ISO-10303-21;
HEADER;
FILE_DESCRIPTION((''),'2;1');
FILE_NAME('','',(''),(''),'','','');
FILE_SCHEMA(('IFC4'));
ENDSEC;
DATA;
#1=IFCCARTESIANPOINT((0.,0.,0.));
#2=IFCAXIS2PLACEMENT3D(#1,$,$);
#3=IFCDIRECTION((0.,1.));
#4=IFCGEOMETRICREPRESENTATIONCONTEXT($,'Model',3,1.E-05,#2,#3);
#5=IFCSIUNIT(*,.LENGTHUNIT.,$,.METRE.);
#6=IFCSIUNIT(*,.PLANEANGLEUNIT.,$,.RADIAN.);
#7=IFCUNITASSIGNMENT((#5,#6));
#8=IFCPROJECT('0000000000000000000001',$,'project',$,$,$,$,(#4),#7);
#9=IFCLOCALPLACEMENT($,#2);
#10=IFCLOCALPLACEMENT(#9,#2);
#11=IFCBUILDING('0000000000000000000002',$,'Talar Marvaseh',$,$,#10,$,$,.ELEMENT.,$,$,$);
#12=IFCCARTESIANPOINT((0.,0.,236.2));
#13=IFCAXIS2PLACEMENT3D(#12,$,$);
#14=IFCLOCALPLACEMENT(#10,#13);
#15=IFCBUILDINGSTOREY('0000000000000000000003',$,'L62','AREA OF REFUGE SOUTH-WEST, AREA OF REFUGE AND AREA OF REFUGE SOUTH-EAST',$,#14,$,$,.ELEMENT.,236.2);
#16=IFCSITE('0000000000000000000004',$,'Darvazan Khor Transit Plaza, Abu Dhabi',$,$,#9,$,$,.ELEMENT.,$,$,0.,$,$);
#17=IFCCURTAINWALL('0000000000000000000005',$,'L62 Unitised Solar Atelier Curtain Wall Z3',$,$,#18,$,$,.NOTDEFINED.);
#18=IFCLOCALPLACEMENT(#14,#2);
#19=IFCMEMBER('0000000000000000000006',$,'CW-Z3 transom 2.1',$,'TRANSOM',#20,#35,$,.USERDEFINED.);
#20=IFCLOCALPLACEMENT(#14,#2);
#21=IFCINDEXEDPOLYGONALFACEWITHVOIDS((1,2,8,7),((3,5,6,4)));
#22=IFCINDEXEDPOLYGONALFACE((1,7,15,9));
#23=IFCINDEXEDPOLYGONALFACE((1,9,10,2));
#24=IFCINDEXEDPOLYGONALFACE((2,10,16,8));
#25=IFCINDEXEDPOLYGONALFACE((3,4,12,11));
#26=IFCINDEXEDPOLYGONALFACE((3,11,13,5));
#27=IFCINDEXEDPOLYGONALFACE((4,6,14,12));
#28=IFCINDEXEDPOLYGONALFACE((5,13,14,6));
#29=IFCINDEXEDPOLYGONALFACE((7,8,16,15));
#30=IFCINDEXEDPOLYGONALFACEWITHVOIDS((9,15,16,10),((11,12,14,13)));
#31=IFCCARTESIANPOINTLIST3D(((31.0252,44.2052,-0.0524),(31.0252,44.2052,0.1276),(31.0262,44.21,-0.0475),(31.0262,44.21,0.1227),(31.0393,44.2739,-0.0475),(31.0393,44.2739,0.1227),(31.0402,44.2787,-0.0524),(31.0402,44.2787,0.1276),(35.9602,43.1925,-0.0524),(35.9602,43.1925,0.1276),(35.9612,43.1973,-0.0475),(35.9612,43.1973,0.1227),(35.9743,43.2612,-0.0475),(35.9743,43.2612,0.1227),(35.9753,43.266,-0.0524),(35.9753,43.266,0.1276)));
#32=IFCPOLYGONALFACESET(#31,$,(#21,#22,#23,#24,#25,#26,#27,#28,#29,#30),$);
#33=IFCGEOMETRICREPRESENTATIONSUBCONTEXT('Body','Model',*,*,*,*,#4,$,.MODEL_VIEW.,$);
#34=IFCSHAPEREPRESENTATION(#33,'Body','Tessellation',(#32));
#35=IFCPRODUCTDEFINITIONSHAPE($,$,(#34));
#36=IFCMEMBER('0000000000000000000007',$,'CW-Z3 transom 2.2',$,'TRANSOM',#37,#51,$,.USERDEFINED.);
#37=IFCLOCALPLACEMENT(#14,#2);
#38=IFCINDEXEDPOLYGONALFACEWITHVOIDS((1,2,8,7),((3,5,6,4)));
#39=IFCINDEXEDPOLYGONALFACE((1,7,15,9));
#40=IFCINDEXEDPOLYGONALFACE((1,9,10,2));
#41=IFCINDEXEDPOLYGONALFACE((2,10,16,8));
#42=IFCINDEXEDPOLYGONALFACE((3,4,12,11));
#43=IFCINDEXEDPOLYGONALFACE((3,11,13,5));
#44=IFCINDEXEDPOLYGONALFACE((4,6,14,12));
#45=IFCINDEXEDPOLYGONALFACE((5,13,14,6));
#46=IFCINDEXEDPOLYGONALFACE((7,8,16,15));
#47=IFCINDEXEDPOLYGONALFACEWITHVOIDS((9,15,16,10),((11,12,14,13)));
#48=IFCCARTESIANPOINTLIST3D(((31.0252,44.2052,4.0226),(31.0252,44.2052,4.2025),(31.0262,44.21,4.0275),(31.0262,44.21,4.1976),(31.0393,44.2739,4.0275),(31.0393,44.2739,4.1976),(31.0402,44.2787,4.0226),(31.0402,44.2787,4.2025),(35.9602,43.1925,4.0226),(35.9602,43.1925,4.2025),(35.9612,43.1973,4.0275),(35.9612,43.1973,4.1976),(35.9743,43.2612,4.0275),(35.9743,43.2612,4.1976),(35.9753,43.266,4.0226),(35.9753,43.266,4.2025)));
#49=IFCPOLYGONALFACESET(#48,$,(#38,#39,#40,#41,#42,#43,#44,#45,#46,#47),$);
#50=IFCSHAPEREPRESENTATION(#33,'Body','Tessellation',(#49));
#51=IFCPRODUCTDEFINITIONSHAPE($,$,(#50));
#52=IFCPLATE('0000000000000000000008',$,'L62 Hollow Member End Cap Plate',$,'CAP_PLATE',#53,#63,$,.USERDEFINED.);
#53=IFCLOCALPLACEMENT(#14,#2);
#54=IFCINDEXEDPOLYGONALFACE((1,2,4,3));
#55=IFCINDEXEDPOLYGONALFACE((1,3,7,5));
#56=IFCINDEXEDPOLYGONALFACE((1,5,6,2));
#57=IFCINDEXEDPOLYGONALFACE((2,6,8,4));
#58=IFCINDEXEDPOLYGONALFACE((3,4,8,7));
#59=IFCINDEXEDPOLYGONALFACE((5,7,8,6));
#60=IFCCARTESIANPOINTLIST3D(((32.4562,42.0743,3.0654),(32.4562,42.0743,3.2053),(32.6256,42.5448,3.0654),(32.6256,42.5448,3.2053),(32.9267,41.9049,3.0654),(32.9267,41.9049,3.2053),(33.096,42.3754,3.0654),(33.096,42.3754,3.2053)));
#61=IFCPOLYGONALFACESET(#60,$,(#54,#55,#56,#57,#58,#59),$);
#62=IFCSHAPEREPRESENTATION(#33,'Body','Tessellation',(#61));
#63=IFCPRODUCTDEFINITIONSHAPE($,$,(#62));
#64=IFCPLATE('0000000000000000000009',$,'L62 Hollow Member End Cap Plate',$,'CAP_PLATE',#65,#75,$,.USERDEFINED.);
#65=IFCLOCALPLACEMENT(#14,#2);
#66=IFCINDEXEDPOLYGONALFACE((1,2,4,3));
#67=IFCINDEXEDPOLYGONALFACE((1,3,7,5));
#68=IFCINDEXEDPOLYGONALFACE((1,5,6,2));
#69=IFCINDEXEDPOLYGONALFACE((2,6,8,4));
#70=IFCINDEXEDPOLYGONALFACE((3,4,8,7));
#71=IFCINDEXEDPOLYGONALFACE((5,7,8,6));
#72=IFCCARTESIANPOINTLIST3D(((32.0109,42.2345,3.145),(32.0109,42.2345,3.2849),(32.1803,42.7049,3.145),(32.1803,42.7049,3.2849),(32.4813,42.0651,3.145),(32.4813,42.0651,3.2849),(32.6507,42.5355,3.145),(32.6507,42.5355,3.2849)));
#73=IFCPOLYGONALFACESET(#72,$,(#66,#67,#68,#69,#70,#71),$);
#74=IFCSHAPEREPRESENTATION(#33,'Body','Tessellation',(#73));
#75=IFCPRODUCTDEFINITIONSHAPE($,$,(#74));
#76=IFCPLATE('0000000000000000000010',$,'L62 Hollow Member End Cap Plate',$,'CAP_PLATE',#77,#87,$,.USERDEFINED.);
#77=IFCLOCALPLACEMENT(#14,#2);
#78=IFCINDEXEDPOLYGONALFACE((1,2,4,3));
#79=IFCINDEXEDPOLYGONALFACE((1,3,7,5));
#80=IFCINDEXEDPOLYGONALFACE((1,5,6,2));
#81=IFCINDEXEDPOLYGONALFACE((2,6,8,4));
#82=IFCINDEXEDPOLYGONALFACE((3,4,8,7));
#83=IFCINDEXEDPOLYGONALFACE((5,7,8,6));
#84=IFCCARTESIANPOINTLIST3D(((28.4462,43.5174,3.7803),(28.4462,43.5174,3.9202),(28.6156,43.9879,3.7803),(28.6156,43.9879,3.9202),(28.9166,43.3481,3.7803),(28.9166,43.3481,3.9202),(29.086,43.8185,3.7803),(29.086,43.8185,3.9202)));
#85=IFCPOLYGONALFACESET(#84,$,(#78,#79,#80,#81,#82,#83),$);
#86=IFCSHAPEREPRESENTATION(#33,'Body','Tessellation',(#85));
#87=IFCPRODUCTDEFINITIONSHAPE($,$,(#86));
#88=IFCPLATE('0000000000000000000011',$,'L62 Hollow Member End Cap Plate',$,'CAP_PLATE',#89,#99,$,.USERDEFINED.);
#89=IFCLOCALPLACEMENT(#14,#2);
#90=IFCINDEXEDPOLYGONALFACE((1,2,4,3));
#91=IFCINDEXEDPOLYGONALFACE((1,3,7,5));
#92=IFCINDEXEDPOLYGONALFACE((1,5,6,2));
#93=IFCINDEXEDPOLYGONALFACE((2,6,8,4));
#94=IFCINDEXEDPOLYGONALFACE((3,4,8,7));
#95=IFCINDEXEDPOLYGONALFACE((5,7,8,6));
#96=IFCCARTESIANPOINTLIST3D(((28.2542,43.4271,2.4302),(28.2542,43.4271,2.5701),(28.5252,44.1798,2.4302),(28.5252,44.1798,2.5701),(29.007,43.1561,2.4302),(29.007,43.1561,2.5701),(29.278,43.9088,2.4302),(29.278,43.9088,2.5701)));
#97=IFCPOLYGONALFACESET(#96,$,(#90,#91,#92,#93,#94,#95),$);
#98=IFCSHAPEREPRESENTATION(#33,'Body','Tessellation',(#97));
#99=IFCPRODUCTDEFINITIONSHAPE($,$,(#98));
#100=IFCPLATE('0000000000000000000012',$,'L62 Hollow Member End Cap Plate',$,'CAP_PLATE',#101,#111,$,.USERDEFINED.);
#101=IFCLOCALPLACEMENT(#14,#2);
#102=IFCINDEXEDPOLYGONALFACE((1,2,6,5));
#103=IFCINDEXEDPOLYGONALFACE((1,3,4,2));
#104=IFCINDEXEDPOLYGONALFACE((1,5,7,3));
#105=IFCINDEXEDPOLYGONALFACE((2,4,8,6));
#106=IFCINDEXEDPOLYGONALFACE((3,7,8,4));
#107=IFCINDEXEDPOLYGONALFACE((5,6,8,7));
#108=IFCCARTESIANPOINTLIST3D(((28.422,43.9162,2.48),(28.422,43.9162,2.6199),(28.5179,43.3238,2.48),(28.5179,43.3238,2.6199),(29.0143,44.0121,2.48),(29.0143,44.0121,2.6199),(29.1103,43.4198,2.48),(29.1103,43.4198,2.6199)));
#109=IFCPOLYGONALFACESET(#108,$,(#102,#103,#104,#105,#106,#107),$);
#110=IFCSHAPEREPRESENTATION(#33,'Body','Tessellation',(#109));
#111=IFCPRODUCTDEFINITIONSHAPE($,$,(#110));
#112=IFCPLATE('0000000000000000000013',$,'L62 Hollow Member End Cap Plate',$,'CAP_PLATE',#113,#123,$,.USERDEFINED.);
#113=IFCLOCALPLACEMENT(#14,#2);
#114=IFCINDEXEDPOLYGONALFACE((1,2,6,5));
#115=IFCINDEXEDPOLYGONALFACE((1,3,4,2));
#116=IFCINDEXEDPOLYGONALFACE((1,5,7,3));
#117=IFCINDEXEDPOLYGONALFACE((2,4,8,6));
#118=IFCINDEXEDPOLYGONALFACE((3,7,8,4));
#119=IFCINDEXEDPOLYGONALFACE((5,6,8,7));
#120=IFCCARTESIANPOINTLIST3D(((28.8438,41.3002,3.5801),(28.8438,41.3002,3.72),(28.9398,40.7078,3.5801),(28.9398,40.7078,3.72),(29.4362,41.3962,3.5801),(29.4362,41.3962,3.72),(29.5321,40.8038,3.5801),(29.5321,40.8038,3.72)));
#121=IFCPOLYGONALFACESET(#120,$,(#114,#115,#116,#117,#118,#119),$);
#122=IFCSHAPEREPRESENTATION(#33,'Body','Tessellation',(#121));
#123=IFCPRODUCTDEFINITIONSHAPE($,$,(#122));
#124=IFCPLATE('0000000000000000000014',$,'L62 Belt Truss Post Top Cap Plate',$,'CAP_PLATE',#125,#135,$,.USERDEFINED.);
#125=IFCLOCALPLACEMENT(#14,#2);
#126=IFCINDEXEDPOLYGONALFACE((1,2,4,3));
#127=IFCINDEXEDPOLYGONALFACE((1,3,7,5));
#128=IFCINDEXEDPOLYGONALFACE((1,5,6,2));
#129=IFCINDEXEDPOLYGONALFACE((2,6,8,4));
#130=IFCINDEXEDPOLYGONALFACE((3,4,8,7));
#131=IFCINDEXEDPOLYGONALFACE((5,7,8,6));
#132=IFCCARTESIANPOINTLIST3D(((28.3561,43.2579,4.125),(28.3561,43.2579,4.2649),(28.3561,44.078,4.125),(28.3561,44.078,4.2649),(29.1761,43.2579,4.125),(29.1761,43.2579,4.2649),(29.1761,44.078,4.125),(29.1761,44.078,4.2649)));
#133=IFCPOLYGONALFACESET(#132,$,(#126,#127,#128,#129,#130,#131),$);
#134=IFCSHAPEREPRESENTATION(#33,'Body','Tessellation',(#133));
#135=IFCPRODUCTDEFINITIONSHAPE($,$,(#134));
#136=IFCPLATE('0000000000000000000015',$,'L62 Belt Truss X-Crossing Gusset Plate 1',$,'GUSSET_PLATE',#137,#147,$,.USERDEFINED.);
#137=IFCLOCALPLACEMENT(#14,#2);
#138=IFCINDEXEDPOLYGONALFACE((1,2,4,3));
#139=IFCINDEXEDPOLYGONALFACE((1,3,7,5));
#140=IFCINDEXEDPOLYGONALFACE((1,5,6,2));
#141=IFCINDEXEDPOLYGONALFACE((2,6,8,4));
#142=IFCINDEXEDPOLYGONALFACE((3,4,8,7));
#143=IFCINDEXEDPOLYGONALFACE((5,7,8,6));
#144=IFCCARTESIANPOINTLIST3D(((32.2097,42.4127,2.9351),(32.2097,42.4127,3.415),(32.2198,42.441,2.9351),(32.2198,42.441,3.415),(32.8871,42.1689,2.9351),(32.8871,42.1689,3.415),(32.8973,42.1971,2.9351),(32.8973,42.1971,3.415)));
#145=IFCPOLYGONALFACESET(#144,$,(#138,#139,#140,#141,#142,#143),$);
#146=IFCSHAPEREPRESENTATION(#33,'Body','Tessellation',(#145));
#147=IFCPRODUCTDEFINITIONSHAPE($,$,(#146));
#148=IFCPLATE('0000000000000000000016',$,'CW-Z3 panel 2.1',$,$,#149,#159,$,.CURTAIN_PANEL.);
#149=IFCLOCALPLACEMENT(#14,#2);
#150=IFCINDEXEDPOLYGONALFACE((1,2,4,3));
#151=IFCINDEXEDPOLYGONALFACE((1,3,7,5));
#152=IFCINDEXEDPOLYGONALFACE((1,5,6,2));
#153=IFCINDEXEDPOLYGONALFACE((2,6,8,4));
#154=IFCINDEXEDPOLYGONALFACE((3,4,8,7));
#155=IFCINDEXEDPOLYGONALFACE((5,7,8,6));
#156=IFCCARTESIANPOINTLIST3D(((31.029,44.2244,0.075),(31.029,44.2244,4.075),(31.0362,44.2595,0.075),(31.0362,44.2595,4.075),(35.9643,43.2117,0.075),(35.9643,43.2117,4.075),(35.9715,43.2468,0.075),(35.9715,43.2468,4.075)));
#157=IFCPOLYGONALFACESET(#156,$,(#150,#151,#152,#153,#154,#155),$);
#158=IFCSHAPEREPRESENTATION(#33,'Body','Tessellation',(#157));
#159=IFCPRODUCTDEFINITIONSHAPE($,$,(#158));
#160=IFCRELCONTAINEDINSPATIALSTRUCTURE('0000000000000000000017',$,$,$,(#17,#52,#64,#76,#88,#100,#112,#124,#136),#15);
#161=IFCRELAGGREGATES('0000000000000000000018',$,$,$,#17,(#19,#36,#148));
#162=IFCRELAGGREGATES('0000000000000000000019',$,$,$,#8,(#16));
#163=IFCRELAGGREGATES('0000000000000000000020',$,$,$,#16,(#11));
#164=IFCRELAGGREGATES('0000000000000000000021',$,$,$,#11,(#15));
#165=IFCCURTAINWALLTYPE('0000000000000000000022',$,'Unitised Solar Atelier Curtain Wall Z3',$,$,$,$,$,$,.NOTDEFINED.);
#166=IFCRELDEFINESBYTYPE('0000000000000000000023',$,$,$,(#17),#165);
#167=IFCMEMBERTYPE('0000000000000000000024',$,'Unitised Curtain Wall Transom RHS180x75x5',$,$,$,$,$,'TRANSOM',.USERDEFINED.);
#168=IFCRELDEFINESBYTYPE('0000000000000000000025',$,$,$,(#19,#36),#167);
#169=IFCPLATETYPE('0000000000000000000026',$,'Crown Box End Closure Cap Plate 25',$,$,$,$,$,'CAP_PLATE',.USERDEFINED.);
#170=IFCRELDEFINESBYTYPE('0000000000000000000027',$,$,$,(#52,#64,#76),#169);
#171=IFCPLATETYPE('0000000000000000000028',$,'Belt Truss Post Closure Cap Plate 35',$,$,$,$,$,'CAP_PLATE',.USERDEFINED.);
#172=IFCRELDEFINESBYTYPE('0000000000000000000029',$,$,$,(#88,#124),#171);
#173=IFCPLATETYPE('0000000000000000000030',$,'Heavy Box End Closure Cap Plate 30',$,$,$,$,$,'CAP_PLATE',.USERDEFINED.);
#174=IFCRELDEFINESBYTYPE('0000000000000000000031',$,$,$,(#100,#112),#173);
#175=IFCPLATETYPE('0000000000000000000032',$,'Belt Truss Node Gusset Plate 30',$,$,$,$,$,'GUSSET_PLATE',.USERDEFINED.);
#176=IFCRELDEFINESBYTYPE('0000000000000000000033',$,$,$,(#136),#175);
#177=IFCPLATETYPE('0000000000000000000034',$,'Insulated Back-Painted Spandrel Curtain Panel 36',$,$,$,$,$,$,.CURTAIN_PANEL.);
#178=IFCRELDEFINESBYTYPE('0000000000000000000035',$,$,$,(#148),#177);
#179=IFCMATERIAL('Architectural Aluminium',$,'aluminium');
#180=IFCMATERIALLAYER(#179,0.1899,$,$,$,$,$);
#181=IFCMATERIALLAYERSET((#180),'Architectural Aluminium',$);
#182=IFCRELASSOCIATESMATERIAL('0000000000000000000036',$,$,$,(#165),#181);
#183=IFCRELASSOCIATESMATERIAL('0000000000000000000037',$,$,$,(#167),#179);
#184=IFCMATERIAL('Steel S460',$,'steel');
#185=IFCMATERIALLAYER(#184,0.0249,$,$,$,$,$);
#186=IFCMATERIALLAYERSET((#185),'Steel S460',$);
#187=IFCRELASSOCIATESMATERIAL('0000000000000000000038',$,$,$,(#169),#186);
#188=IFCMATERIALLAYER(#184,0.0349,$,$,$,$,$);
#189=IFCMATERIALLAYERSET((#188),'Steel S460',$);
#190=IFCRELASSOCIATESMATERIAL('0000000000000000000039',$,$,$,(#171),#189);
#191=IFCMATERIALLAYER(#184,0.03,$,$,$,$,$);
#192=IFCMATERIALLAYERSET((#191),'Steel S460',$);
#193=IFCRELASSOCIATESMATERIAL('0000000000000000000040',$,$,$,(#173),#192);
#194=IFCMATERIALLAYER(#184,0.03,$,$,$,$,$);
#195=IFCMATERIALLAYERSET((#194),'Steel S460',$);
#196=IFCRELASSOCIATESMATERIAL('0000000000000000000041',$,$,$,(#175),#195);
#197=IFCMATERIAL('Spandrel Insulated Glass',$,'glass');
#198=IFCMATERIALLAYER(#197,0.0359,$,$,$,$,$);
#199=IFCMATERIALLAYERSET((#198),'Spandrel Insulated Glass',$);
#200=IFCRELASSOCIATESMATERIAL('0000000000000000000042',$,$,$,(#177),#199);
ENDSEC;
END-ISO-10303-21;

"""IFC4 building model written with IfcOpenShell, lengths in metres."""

from ifc_helpers import new_model, si_unit, direction, frame, origin, origin_2d, place, context, subcontext, project, spatial, rectangle, hollow_rectangle, extrude, source, transform, mapped, material, layer, layer_set, material_profile, profile_set, type_object, type_shapes, element, aggregate, save


model = new_model("IFC4")

# Units and contexts
model_context = context("Model", 3, precision=1e-05, world=origin(), true_north=direction((0.0, 1.0)))
body_context = subcontext(model_context, "Body", "Model", "MODEL_VIEW")
ifc_project = project(units=[si_unit("LENGTHUNIT", "METRE"), si_unit("PLANEANGLEUNIT", "RADIAN")], contexts=[model_context])

# Site, building, storey
site_placement = place(None, origin())
site = spatial("IfcSite", under=ifc_project, at=site_placement, Name="Darvazan Khor Transit Plaza, Abu Dhabi", CompositionType="ELEMENT", RefElevation=0.0)
building_placement = place(site_placement, origin())
building = spatial("IfcBuilding", under=site, at=building_placement, Name="Talar Marvaseh", CompositionType="ELEMENT")
storey_placement = place(building_placement, frame((0.0, 0.0, 236.2)))
storey = spatial("IfcBuildingStorey", under=building, at=storey_placement, Name="L62", Description="AREA OF REFUGE SOUTH-WEST, AREA OF REFUGE AND AREA OF REFUGE SOUTH-EAST", CompositionType="ELEMENT", Elevation=236.2)

# Shared definitions
ifc_material_1 = material(Name="Steel S460", Category="steel")

# Curtain wall, members
ifc_material_2 = material(Name="Architectural Aluminium", Category="aluminium")
ifc_layer_1 = layer(ifc_material_2, 0.1899)
ifc_layer_set_1 = layer_set([ifc_layer_1], Name="Architectural Aluminium")
curtain_wall_type = type_object("IfcCurtainWallType", Name="Unitised Solar Atelier Curtain Wall Z3", PredefinedType="NOTDEFINED", material=ifc_layer_set_1)
curtain_wall_placement = place(storey_placement, origin())
curtain_wall = element("IfcCurtainWall", 1, at=curtain_wall_placement, inside=storey, type_object=curtain_wall_type, Name="L62 Unitised Solar Atelier Curtain Wall Z3", PredefinedType="NOTDEFINED")
ifc_material_profile_1 = material_profile(ifc_material_2, hollow_rectangle(XDim=0.075, YDim=0.1799, WallThickness=0.0049, at=origin_2d()), Name="RHS180x75x5")
ifc_profile_set_1 = profile_set([ifc_material_profile_1], Name="Architectural Aluminium")
member_type_1 = type_object("IfcMemberType", Name="Unitised Curtain Wall Transom RHS180x75x5", ElementType="TRANSOM", PredefinedType="USERDEFINED", material=ifc_profile_set_1)
shared_shape_1 = source(origin(), body_context, "Body", "SweptSolid", [
    extrude(hollow_rectangle(XDim=0.075, YDim=0.1799, WallThickness=0.0049, at=origin_2d()), origin(), (0.0, 0.0, 1.0), 5.0378),
])
type_shapes(member_type_1, [shared_shape_1])
member_1_placement = place(storey_placement, frame((31.0327, 44.2419, 0.0376), z_axis=(0.979588, -0.201016, 0.0), x_axis=(0.201016, 0.979588, 0.0)))
member_1 = element("IfcMember", 2, at=member_1_placement, type_object=member_type_1, Name="CW-Z3 transom 2.1", ObjectType="TRANSOM", PredefinedType="USERDEFINED", context=body_context, shape_type="MappedRepresentation", body=[
    mapped(shared_shape_1, transform((0.0, 0.0, 0.0), x_axis=(1.0, 0.0, 0.0), y_axis=(0.0, 1.0, 0.0), z_axis=(0.0, 0.0, 1.0), scale=1.0)),
])
member_2_placement = place(storey_placement, frame((31.0327, 44.2419, 4.1125), z_axis=(0.979588, -0.201016, 0.0), x_axis=(0.201016, 0.979588, 0.0)))
member_2 = element("IfcMember", 3, at=member_2_placement, type_object=member_type_1, Name="CW-Z3 transom 2.2", ObjectType="TRANSOM", PredefinedType="USERDEFINED", context=body_context, shape_type="MappedRepresentation", body=[
    mapped(shared_shape_1, transform((0.0, 0.0, 0.0), x_axis=(1.0, 0.0, 0.0), y_axis=(0.0, 1.0, 0.0), z_axis=(0.0, 0.0, 1.0), scale=1.0)),
])

# Plates
ifc_layer_2 = layer(ifc_material_1, 0.0249)
ifc_layer_set_2 = layer_set([ifc_layer_2], Name="Steel S460")
plate_type_1 = type_object("IfcPlateType", Name="Crown Box End Closure Cap Plate 25", ElementType="CAP_PLATE", PredefinedType="USERDEFINED", material=ifc_layer_set_2)
shared_shape_2 = source(origin(), body_context, "Body", "SweptSolid", [
    extrude(rectangle(XDim=0.5, YDim=0.5, at=origin_2d()), origin(), (0.0, 0.0, 1.0), 0.1399),
])
type_shapes(plate_type_1, [shared_shape_2])
for number, where, z_axis, x_axis, name in (
    (4, (32.7761, 42.2249, 3.0654), (0.0, 0.0, 1.0), (-0.940881, 0.338738, 0.0), "L62 Hollow Member End Cap Plate"),
    (5, (32.3308, 42.385, 3.145), (0.0, 0.0, 1.0), (-0.940881, 0.338738, 0.0), "L62 Hollow Member End Cap Plate"),
    (6, (28.7661, 43.668, 3.7803), (0.0, 0.0, 1.0), (-0.940881, 0.338738, 0.0), "L62 Hollow Member End Cap Plate"),
):
    element("IfcPlate", number, at=place(storey_placement, frame(where, z_axis=z_axis, x_axis=x_axis)), inside=storey, type_object=plate_type_1, Name=name, ObjectType="CAP_PLATE", PredefinedType="USERDEFINED", context=body_context, shape_type="MappedRepresentation", body=[
        mapped(shared_shape_2, transform((0.0, 0.0, 0.0), x_axis=(1.0, 0.0, 0.0), y_axis=(0.0, 1.0, 0.0), z_axis=(0.0, 0.0, 1.0), scale=1.0)),
    ])
ifc_layer_3 = layer(ifc_material_1, 0.0349)
ifc_layer_set_3 = layer_set([ifc_layer_3], Name="Steel S460")
plate_type_2 = type_object("IfcPlateType", Name="Belt Truss Post Closure Cap Plate 35", ElementType="CAP_PLATE", PredefinedType="USERDEFINED", material=ifc_layer_set_3)
shared_shape_3 = source(origin(), body_context, "Body", "SweptSolid", [
    extrude(rectangle(XDim=0.8, YDim=0.8, at=origin_2d()), origin(), (0.0, 0.0, 1.0), 0.1399),
])
plate_1_placement = place(storey_placement, frame((28.7661, 43.668, 2.4302), z_axis=(0.0, 0.0, 1.0), x_axis=(0.940881, -0.338738, 0.0)))
element("IfcPlate", 7, at=plate_1_placement, inside=storey, type_object=plate_type_2, Name="L62 Hollow Member End Cap Plate", ObjectType="CAP_PLATE", PredefinedType="USERDEFINED", context=body_context, shape_type="MappedRepresentation", body=[
    mapped(shared_shape_3, transform((0.0, 0.0, 0.0), x_axis=(1.0, 0.0, 0.0), y_axis=(0.0, 1.0, 0.0), z_axis=(0.0, 0.0, 1.0), scale=1.0)),
])
ifc_layer_4 = layer(ifc_material_1, 0.03)
ifc_layer_set_4 = layer_set([ifc_layer_4], Name="Steel S460")
plate_type_3 = type_object("IfcPlateType", Name="Heavy Box End Closure Cap Plate 30", ElementType="CAP_PLATE", PredefinedType="USERDEFINED", material=ifc_layer_set_4)
shared_shape_4 = source(origin(), body_context, "Body", "SweptSolid", [
    extrude(rectangle(XDim=0.6001, YDim=0.6001, at=origin_2d()), origin(), (0.0, 0.0, 1.0), 0.1399),
])
type_shapes(plate_type_3, [shared_shape_4])
for number, where, z_axis, x_axis, name in (
    (8, (28.7661, 43.668, 2.48), (0.0, 0.0, 1.0), (0.159881, -0.987136, 0.0), "L62 Hollow Member End Cap Plate"),
    (9, (29.188, 41.052, 3.5801), (0.0, 0.0, 1.0), (0.159881, -0.987136, 0.0), "L62 Hollow Member End Cap Plate"),
):
    element("IfcPlate", number, at=place(storey_placement, frame(where, z_axis=z_axis, x_axis=x_axis)), inside=storey, type_object=plate_type_3, Name=name, ObjectType="CAP_PLATE", PredefinedType="USERDEFINED", context=body_context, shape_type="MappedRepresentation", body=[
        mapped(shared_shape_4, transform((0.0, 0.0, 0.0), x_axis=(1.0, 0.0, 0.0), y_axis=(0.0, 1.0, 0.0), z_axis=(0.0, 0.0, 1.0), scale=1.0)),
    ])
shared_shape_5 = source(origin(), body_context, "Body", "SweptSolid", [
    extrude(rectangle(XDim=0.8201, YDim=0.8201, at=origin_2d()), origin(), (0.0, 0.0, 1.0), 0.1399),
])
type_shapes(plate_type_2, [shared_shape_3, shared_shape_5])
plate_2_placement = place(storey_placement, frame((28.7661, 43.668, 4.125), z_axis=(0.0, 0.0, 1.0), x_axis=(1.0, 0.0, 0.0)))
element("IfcPlate", 10, at=plate_2_placement, inside=storey, type_object=plate_type_2, Name="L62 Belt Truss Post Top Cap Plate", ObjectType="CAP_PLATE", PredefinedType="USERDEFINED", context=body_context, shape_type="MappedRepresentation", body=[
    mapped(shared_shape_5, transform((0.0, 0.0, 0.0), x_axis=(1.0, 0.0, 0.0), y_axis=(0.0, 1.0, 0.0), z_axis=(0.0, 0.0, 1.0), scale=1.0)),
])
ifc_layer_5 = layer(ifc_material_1, 0.03)
ifc_layer_set_5 = layer_set([ifc_layer_5], Name="Steel S460")
plate_type_4 = type_object("IfcPlateType", Name="Belt Truss Node Gusset Plate 30", ElementType="GUSSET_PLATE", PredefinedType="USERDEFINED", material=ifc_layer_set_5)
shared_shape_6 = source(origin(), body_context, "Body", "SweptSolid", [
    extrude(rectangle(XDim=0.72, YDim=0.03, at=origin_2d()), origin(), (0.0, 0.0, 1.0), 0.48),
])
type_shapes(plate_type_4, [shared_shape_6])
plate_3_placement = place(storey_placement, frame((32.5535, 42.3049, 2.9351), z_axis=(0.0, 0.0, 1.0), x_axis=(0.940881, -0.338738, 0.0)))
element("IfcPlate", 11, at=plate_3_placement, inside=storey, type_object=plate_type_4, Name="L62 Belt Truss X-Crossing Gusset Plate 1", ObjectType="GUSSET_PLATE", PredefinedType="USERDEFINED", context=body_context, shape_type="MappedRepresentation", body=[
    mapped(shared_shape_6, transform((0.0, 0.0, 0.0), x_axis=(1.0, 0.0, 0.0), y_axis=(0.0, 1.0, 0.0), z_axis=(0.0, 0.0, 1.0), scale=1.0)),
])

# Plate
ifc_material_3 = material(Name="Spandrel Insulated Glass", Category="glass")
ifc_layer_6 = layer(ifc_material_3, 0.0359)
ifc_layer_set_6 = layer_set([ifc_layer_6], Name="Spandrel Insulated Glass")
plate_type_5 = type_object("IfcPlateType", Name="Insulated Back-Painted Spandrel Curtain Panel 36", PredefinedType="CURTAIN_PANEL", material=ifc_layer_set_6)
shared_shape_7 = source(origin(), body_context, "Body", "SweptSolid", [
    extrude(rectangle(XDim=5.0381, YDim=0.0359, at=origin_2d()), origin(), (0.0, 0.0, 1.0), 4.0),
])
type_shapes(plate_type_5, [shared_shape_7])
plate_4_placement = place(storey_placement, frame((33.5002, 43.7356, 0.075), z_axis=(0.0, 0.0, 1.0), x_axis=(0.979589, -0.201011, 0.0)))
plate_4 = element("IfcPlate", 12, at=plate_4_placement, type_object=plate_type_5, Name="CW-Z3 panel 2.1", PredefinedType="CURTAIN_PANEL", context=body_context, shape_type="MappedRepresentation", body=[
    mapped(shared_shape_7, transform((0.0, 0.0, 0.0), x_axis=(1.0, 0.0, 0.0), y_axis=(0.0, 1.0, 0.0), z_axis=(0.0, 0.0, 1.0), scale=1.0)),
])
aggregate(curtain_wall, [member_1, member_2, plate_4])

save(model, "model.ifc")
